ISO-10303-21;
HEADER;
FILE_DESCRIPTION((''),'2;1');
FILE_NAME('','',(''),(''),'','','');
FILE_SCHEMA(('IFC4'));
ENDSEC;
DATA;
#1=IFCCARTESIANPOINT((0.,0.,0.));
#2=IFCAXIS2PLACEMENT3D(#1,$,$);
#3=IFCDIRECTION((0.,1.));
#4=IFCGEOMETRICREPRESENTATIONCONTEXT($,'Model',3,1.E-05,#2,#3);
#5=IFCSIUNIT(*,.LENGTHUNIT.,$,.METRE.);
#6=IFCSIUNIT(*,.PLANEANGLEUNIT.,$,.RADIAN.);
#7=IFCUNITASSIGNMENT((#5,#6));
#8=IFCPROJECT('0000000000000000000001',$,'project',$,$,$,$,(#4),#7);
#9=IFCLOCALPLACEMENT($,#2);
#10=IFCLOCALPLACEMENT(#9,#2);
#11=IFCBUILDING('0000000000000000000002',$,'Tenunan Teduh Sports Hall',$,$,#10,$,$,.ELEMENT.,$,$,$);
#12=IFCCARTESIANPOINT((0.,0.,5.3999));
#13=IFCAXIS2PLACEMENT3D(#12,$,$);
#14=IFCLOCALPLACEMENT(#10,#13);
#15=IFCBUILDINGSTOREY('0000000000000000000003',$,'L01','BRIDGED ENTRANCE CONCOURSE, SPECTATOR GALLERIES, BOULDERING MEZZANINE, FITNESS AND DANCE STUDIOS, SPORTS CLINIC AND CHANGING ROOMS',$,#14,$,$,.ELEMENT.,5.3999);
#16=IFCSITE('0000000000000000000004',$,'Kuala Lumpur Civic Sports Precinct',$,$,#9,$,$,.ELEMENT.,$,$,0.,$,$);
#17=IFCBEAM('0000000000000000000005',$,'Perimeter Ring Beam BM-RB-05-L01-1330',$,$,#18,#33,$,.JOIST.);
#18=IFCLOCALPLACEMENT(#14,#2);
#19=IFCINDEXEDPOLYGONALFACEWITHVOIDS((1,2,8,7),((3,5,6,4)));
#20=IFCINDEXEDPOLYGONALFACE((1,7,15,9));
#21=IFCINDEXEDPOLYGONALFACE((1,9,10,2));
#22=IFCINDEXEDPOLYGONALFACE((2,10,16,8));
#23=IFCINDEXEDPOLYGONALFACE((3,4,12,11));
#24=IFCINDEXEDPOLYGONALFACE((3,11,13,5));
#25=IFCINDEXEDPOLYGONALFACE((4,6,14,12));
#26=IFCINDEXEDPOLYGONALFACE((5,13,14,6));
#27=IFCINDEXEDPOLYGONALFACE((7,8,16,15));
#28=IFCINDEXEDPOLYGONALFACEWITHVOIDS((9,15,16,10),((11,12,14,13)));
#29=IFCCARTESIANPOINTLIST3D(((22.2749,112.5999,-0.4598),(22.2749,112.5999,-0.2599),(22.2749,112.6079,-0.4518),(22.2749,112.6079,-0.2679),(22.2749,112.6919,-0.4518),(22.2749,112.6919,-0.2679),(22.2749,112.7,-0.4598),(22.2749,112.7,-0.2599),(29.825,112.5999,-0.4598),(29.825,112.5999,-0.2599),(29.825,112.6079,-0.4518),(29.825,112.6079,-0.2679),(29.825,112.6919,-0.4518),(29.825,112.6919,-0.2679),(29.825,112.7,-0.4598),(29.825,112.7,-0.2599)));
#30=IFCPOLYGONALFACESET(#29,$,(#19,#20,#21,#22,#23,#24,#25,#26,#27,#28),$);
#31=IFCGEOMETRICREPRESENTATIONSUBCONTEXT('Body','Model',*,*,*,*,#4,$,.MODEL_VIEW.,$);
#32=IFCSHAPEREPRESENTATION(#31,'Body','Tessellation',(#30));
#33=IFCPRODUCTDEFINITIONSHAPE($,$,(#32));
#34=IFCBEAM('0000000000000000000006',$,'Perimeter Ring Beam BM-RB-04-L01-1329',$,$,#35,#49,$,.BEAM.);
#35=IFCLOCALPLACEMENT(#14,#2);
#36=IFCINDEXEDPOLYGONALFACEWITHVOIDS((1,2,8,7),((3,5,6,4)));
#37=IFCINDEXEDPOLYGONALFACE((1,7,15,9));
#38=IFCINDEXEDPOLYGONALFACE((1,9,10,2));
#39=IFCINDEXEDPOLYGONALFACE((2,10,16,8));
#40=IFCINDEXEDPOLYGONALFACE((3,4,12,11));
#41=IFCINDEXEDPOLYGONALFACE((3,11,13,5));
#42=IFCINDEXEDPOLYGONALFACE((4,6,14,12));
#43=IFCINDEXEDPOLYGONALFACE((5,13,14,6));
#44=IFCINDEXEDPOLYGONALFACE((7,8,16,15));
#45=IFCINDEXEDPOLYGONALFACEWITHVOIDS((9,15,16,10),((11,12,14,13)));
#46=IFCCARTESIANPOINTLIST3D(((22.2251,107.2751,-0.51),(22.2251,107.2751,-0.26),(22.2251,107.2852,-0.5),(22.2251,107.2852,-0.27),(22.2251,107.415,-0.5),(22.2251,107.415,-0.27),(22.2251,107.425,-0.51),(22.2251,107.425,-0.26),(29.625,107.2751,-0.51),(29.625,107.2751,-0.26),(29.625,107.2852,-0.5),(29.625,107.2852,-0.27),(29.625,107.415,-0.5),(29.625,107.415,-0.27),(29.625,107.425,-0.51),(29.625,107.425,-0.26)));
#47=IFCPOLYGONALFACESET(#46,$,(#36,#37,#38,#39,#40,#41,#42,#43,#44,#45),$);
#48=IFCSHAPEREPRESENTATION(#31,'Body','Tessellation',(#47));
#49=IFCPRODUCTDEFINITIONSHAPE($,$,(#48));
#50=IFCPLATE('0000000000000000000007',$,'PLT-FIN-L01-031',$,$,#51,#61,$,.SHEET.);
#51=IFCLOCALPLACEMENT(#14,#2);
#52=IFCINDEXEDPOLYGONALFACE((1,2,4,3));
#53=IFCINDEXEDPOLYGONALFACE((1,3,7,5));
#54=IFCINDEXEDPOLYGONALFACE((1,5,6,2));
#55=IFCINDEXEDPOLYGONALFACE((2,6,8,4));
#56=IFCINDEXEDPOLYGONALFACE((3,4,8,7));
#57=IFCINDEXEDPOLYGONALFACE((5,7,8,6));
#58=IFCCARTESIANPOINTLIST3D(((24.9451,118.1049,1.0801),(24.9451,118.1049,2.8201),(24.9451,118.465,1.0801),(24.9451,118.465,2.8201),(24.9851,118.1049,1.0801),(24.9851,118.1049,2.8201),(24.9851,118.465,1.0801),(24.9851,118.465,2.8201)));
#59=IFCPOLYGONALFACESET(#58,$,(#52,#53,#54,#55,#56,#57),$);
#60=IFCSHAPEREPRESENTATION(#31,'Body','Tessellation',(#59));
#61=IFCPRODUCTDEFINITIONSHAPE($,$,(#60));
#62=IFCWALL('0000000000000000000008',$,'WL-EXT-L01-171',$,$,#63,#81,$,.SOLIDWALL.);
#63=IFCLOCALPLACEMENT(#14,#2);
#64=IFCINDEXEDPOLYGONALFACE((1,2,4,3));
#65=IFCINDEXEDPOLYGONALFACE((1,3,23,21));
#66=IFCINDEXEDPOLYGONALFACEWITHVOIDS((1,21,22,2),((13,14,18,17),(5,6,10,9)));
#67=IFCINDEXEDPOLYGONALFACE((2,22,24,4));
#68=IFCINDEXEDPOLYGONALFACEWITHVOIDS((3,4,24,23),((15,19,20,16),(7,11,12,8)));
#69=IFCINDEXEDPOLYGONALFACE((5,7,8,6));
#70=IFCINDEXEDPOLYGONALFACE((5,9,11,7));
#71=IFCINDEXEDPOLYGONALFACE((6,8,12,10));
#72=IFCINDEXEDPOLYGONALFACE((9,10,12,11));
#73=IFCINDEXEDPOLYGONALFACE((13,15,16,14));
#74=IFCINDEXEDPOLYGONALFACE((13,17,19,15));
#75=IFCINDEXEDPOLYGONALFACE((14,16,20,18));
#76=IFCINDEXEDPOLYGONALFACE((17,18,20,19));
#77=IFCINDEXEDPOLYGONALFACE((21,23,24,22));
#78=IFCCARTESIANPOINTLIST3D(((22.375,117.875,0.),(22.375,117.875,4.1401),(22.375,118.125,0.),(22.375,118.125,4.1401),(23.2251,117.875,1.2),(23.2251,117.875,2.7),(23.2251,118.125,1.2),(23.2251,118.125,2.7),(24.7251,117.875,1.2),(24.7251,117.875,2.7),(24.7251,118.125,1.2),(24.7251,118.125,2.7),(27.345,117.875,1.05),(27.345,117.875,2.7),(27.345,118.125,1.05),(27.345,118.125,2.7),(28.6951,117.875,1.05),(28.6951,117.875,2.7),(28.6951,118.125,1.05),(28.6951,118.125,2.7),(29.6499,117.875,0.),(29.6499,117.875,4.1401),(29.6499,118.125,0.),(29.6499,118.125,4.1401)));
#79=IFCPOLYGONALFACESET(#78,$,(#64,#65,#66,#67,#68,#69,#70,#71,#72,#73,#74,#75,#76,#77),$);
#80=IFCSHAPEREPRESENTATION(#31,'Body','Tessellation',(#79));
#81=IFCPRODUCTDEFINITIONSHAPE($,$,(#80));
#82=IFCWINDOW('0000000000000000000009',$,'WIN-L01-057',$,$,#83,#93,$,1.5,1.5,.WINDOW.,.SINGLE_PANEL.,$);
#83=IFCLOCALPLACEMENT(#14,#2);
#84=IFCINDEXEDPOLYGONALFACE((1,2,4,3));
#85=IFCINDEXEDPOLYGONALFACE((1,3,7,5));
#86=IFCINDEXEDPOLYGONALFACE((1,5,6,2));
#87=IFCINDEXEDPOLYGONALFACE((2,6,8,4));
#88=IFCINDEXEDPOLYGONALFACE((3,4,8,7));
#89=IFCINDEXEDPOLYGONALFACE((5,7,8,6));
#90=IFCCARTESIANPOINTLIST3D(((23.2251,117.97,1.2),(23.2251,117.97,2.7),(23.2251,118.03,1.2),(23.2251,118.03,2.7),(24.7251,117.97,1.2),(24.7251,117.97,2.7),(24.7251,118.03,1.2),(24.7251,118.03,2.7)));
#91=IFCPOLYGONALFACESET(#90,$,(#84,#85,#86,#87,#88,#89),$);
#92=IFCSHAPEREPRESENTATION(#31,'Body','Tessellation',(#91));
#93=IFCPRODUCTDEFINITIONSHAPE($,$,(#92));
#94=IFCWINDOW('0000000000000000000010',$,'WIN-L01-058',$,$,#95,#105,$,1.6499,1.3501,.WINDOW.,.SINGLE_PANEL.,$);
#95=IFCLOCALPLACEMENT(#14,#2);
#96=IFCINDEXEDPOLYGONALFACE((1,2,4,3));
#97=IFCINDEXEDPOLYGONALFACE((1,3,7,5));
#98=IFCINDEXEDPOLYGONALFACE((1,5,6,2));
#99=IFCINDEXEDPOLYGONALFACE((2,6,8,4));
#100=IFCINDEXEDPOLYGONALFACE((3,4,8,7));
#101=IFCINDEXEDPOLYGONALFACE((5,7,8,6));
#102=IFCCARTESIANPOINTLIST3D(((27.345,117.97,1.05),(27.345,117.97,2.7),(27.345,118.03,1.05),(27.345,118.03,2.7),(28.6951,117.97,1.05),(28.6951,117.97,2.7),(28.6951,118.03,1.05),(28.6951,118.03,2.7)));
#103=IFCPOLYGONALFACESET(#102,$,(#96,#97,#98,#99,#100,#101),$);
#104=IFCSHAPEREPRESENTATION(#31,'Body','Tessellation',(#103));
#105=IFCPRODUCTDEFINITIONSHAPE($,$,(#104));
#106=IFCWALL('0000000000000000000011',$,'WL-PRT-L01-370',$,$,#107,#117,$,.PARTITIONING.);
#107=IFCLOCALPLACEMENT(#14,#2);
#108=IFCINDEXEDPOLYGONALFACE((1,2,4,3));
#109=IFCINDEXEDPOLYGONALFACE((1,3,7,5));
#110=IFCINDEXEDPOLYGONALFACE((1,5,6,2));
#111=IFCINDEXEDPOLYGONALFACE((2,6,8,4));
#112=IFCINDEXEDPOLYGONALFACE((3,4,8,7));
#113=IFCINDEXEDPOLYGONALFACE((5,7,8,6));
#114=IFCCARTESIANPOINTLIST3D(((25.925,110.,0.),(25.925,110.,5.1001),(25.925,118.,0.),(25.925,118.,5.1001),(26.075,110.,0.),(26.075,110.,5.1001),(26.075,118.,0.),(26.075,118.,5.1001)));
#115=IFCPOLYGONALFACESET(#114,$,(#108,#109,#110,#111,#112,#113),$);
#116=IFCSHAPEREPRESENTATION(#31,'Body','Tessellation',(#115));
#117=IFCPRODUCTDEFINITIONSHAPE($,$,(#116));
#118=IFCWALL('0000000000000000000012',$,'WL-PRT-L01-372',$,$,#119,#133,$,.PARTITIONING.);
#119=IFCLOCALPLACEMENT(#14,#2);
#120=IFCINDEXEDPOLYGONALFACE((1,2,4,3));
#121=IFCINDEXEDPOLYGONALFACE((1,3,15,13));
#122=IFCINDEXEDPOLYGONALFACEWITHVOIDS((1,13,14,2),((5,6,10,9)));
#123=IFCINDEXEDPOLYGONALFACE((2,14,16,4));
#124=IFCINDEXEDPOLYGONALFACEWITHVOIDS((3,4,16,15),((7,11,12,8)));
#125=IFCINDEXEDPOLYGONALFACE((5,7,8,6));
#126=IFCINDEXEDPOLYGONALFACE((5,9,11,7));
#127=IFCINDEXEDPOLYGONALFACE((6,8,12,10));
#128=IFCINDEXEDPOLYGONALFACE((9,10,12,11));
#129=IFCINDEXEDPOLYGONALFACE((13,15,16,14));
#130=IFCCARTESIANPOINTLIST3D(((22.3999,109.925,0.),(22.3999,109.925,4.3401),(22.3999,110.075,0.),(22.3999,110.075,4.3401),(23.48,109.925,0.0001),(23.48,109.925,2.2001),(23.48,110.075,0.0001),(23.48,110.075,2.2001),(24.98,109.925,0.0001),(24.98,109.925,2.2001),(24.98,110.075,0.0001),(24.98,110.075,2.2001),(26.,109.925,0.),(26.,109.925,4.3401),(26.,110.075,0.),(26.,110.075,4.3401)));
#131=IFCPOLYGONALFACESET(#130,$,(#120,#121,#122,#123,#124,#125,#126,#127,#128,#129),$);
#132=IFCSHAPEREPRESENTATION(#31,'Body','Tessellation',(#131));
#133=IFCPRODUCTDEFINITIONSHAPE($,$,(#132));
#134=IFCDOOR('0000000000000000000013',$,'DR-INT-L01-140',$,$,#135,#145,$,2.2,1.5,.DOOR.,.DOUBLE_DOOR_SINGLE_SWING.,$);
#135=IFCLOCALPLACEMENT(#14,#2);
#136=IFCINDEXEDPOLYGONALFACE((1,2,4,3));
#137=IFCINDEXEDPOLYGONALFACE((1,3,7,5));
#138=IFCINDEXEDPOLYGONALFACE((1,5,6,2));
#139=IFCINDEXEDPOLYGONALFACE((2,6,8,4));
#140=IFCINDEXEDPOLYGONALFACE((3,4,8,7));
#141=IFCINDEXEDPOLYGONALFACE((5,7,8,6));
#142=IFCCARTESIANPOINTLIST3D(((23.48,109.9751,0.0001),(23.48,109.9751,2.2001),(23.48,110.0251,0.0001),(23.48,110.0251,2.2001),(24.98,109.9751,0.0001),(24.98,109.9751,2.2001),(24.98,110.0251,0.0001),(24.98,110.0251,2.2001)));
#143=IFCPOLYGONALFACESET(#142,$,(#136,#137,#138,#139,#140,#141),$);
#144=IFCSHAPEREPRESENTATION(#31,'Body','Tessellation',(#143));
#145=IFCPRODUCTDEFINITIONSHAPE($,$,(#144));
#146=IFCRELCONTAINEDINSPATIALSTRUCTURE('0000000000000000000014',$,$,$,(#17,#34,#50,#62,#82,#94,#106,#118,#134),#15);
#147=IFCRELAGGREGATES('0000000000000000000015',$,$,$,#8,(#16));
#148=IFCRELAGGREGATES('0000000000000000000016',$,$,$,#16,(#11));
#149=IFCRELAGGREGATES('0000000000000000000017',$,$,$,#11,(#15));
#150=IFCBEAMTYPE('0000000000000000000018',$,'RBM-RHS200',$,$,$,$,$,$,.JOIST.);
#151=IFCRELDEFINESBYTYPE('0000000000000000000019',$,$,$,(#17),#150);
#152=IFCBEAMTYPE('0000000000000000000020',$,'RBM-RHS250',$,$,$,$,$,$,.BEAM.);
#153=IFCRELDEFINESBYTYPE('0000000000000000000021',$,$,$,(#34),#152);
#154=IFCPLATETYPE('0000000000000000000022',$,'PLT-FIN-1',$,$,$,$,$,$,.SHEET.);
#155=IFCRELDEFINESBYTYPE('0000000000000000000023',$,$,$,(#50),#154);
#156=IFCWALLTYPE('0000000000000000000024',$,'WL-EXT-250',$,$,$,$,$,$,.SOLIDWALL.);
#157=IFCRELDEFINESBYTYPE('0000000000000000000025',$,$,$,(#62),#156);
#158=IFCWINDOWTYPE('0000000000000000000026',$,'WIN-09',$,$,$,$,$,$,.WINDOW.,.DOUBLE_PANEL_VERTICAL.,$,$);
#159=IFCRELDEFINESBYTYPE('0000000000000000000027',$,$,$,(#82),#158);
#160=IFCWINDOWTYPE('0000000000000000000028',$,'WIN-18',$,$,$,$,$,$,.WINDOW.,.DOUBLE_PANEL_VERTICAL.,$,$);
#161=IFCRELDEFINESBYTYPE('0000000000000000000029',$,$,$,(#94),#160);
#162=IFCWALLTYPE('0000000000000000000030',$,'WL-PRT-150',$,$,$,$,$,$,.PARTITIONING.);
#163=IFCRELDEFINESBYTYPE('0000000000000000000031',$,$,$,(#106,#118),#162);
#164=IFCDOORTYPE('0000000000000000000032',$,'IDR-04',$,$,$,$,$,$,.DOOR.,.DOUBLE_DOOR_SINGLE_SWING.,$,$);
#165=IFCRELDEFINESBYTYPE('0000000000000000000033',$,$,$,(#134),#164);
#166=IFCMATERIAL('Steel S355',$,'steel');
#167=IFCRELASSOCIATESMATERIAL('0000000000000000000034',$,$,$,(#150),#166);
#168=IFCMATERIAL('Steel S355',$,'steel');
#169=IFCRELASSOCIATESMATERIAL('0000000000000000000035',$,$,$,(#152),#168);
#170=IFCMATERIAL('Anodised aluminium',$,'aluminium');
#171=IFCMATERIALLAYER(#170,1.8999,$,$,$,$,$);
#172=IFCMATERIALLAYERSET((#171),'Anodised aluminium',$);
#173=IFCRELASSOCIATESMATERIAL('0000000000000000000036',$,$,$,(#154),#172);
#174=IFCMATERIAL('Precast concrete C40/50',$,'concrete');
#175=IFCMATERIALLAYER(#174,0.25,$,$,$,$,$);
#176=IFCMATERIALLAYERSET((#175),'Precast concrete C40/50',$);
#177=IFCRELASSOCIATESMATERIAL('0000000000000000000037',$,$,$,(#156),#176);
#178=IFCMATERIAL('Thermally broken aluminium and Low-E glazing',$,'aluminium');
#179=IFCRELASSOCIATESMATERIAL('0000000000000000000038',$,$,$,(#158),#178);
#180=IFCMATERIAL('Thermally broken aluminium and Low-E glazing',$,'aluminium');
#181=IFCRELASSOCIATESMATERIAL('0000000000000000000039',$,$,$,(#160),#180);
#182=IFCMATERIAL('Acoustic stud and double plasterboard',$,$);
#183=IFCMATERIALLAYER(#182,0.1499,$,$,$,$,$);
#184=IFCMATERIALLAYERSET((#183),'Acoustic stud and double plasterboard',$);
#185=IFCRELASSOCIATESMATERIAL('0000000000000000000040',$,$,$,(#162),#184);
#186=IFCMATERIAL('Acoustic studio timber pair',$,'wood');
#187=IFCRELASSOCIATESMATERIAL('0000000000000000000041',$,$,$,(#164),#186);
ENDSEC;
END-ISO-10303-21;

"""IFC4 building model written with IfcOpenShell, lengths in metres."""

from ifc_helpers import new_model, si_unit, direction, frame, frame_2d, origin, origin_2d, place, context, subcontext, project, spatial, rectangle, hollow_rectangle, extrude, material, layer, layer_set, material_profile, profile_set, type_object, element, fill, save


model = new_model("IFC4")

# Units and contexts
model_context = context("Model", 3, precision=1e-05, world=origin(), true_north=direction((0.0, 1.0)))
body_context = subcontext(model_context, "Body", "Model", "MODEL_VIEW")
ifc_project = project(units=[si_unit("LENGTHUNIT", "METRE"), si_unit("PLANEANGLEUNIT", "RADIAN")], contexts=[model_context])

# Site, building, storey
site_placement = place(None, origin())
site = spatial("IfcSite", under=ifc_project, at=site_placement, Name="Kuala Lumpur Civic Sports Precinct", CompositionType="ELEMENT", RefElevation=0.0)
building_placement = place(site_placement, origin())
building = spatial("IfcBuilding", under=site, at=building_placement, Name="Tenunan Teduh Sports Hall", CompositionType="ELEMENT")
storey_placement = place(building_placement, frame((0.0, 0.0, 5.3999)))
storey = spatial("IfcBuildingStorey", under=building, at=storey_placement, Name="L01", Description="BRIDGED ENTRANCE CONCOURSE, SPECTATOR GALLERIES, BOULDERING MEZZANINE, FITNESS AND DANCE STUDIOS, SPORTS CLINIC AND CHANGING ROOMS", CompositionType="ELEMENT", Elevation=5.3999)

# Beams
ifc_material_1 = material(Name="Steel S355", Category="steel")
ifc_material_profile_1 = material_profile(ifc_material_1, hollow_rectangle(XDim=0.1001, YDim=0.2, WallThickness=0.0081, at=origin_2d()), Name="RHS 200x100x8.0")
ifc_profile_set_1 = profile_set([ifc_material_profile_1], Name="Steel S355")
beam_type_1 = type_object("IfcBeamType", Name="RBM-RHS200", PredefinedType="JOIST", material=ifc_profile_set_1)
beam_1_placement = place(storey_placement, frame((22.2749, 112.6499, -0.3599), z_axis=(1.0, 0.0, 0.0), x_axis=(0.0, 1.0, 0.0)))
element("IfcBeam", 1, at=beam_1_placement, inside=storey, type_object=beam_type_1, Name="Perimeter Ring Beam BM-RB-05-L01-1330", PredefinedType="JOIST", context=body_context, shape_type="SweptSolid", body=[
    extrude(hollow_rectangle(XDim=0.1001, YDim=0.2, WallThickness=0.0081, at=origin_2d()), origin(), (0.0, 0.0, 1.0), 7.55),
])
ifc_material_2 = material(Name="Steel S355", Category="steel")
ifc_material_profile_2 = material_profile(ifc_material_2, hollow_rectangle(XDim=0.1499, YDim=0.25, WallThickness=0.01, at=origin_2d()), Name="RHS 250x150x10.0")
ifc_profile_set_2 = profile_set([ifc_material_profile_2], Name="Steel S355")
beam_type_2 = type_object("IfcBeamType", Name="RBM-RHS250", PredefinedType="BEAM", material=ifc_profile_set_2)
beam_2_placement = place(storey_placement, frame((22.2251, 107.3501, -0.385), z_axis=(1.0, 0.0, 0.0), x_axis=(0.0, 1.0, 0.0)))
element("IfcBeam", 2, at=beam_2_placement, inside=storey, type_object=beam_type_2, Name="Perimeter Ring Beam BM-RB-04-L01-1329", PredefinedType="BEAM", context=body_context, shape_type="SweptSolid", body=[
    extrude(hollow_rectangle(XDim=0.1499, YDim=0.25, WallThickness=0.01, at=origin_2d()), origin(), (0.0, 0.0, 1.0), 7.3999),
])

# Plate
ifc_material_3 = material(Name="Anodised aluminium", Category="aluminium")
ifc_layer_1 = layer(ifc_material_3, 1.8999)
ifc_layer_set_1 = layer_set([ifc_layer_1], Name="Anodised aluminium")
plate_type = type_object("IfcPlateType", Name="PLT-FIN-1", PredefinedType="SHEET", material=ifc_layer_set_1)
plate_placement = place(storey_placement, frame((24.9651, 118.2849, 1.0801), z_axis=(0.0, 0.0, 1.0), x_axis=(1.0, 0.0, 0.0)))
element("IfcPlate", 3, at=plate_placement, inside=storey, type_object=plate_type, Name="PLT-FIN-L01-031", PredefinedType="SHEET", context=body_context, shape_type="SweptSolid", body=[
    extrude(rectangle(XDim=0.04, YDim=0.3601, at=origin_2d()), origin(), (0.0, 0.0, 1.0), 1.74),
])

# Wall, openings, windows
ifc_material_4 = material(Name="Precast concrete C40/50", Category="concrete")
ifc_layer_2 = layer(ifc_material_4, 0.25)
ifc_layer_set_2 = layer_set([ifc_layer_2], Name="Precast concrete C40/50")
wall_type_1 = type_object("IfcWallType", Name="WL-EXT-250", PredefinedType="SOLIDWALL", material=ifc_layer_set_2)
wall_1_placement = place(storey_placement, frame((22.375, 118.0, 0.0), z_axis=(0.0, 0.0, 1.0), x_axis=(1.0, 0.0, 0.0)))
wall_1 = element("IfcWall", 4, at=wall_1_placement, inside=storey, type_object=wall_type_1, Name="WL-EXT-L01-171", PredefinedType="SOLIDWALL", context=body_context, shape_type="SweptSolid", body=[
    extrude(rectangle(XDim=7.2749, YDim=0.25, at=frame_2d((3.6375, 0.0))), origin(), (0.0, 0.0, 1.0), 4.1401),
])
opening_1_placement = place(wall_1_placement, frame((0.8501, 0.0, 1.2)))
opening_1 = element("IfcOpeningElement", 5, at=opening_1_placement, cuts=wall_1, PredefinedType="OPENING", context=body_context, shape_type="SweptSolid", body=[
    extrude(rectangle(XDim=1.5, YDim=1.5, at=frame_2d((0.75, 0.75))), frame((0.0, 0.135, 0.0), z_axis=(0.0, -1.0, 0.0), x_axis=(1.0, 0.0, 0.0)), (0.0, 0.0, 1.0), 0.27),
])
opening_2_placement = place(wall_1_placement, frame((4.97, 0.0, 1.05)))
opening_2 = element("IfcOpeningElement", 6, at=opening_2_placement, cuts=wall_1, PredefinedType="OPENING", context=body_context, shape_type="SweptSolid", body=[
    extrude(rectangle(XDim=1.3501, YDim=1.6499, at=frame_2d((0.675, 0.825))), frame((0.0, 0.135, 0.0), z_axis=(0.0, -1.0, 0.0), x_axis=(1.0, 0.0, 0.0)), (0.0, 0.0, 1.0), 0.27),
])
ifc_material_5 = material(Name="Thermally broken aluminium and Low-E glazing", Category="aluminium")
window_type_1 = type_object("IfcWindowType", Name="WIN-09", PartitioningType="DOUBLE_PANEL_VERTICAL", PredefinedType="WINDOW", material=ifc_material_5)
window_1_placement = place(opening_1_placement, origin())
window_1 = element("IfcWindow", 7, at=window_1_placement, inside=storey, type_object=window_type_1, Name="WIN-L01-057", OverallHeight=1.5, OverallWidth=1.5, PartitioningType="SINGLE_PANEL", PredefinedType="WINDOW", context=body_context, shape_type="SweptSolid", body=[
    extrude(rectangle(XDim=1.5, YDim=1.5, at=frame_2d((0.75, 0.75))), frame((0.0, 0.03, 0.0), z_axis=(0.0, -1.0, 0.0), x_axis=(1.0, 0.0, 0.0)), (0.0, 0.0, 1.0), 0.0601),
])
fill(opening_1, window_1)
ifc_material_6 = material(Name="Thermally broken aluminium and Low-E glazing", Category="aluminium")
window_type_2 = type_object("IfcWindowType", Name="WIN-18", PartitioningType="DOUBLE_PANEL_VERTICAL", PredefinedType="WINDOW", material=ifc_material_6)
window_2_placement = place(opening_2_placement, origin())
window_2 = element("IfcWindow", 8, at=window_2_placement, inside=storey, type_object=window_type_2, Name="WIN-L01-058", OverallHeight=1.6499, OverallWidth=1.3501, PartitioningType="SINGLE_PANEL", PredefinedType="WINDOW", context=body_context, shape_type="SweptSolid", body=[
    extrude(rectangle(XDim=1.3501, YDim=1.6499, at=frame_2d((0.675, 0.825))), frame((0.0, 0.03, 0.0), z_axis=(0.0, -1.0, 0.0), x_axis=(1.0, 0.0, 0.0)), (0.0, 0.0, 1.0), 0.0601),
])
fill(opening_2, window_2)

# Wall
ifc_material_7 = material(Name="Acoustic stud and double plasterboard")
ifc_layer_3 = layer(ifc_material_7, 0.1499)
ifc_layer_set_3 = layer_set([ifc_layer_3], Name="Acoustic stud and double plasterboard")
wall_type_2 = type_object("IfcWallType", Name="WL-PRT-150", PredefinedType="PARTITIONING", material=ifc_layer_set_3)
wall_2_placement = place(storey_placement, frame((26.0, 110.0, 0.0), z_axis=(0.0, 0.0, 1.0), x_axis=(0.0, 1.0, 0.0)))
element("IfcWall", 9, at=wall_2_placement, inside=storey, type_object=wall_type_2, Name="WL-PRT-L01-370", PredefinedType="PARTITIONING", context=body_context, shape_type="SweptSolid", body=[
    extrude(rectangle(XDim=8.0, YDim=0.1499, at=frame_2d((4.0, 0.0))), origin(), (0.0, 0.0, 1.0), 5.1001),
])

# Wall, opening, door
wall_3_placement = place(storey_placement, frame((22.3999, 110.0, 0.0), z_axis=(0.0, 0.0, 1.0), x_axis=(1.0, 0.0, 0.0)))
wall_3 = element("IfcWall", 10, at=wall_3_placement, inside=storey, type_object=wall_type_2, Name="WL-PRT-L01-372", PredefinedType="PARTITIONING", context=body_context, shape_type="SweptSolid", body=[
    extrude(rectangle(XDim=3.6001, YDim=0.1499, at=frame_2d((1.8, 0.0))), origin(), (0.0, 0.0, 1.0), 4.3401),
])
opening_3_placement = place(wall_3_placement, frame((1.0801, 0.0, 0.0)))
opening_3 = element("IfcOpeningElement", 11, at=opening_3_placement, cuts=wall_3, PredefinedType="OPENING", context=body_context, shape_type="SweptSolid", body=[
    extrude(rectangle(XDim=1.5, YDim=2.2, at=frame_2d((0.75, 1.1001))), frame((0.0, 0.085, 0.0), z_axis=(0.0, -1.0, 0.0), x_axis=(1.0, 0.0, 0.0)), (0.0, 0.0, 1.0), 0.1699),
])
ifc_material_8 = material(Name="Acoustic studio timber pair", Category="wood")
door_type_1 = type_object("IfcDoorType", Name="IDR-04", OperationType="DOUBLE_DOOR_SINGLE_SWING", PredefinedType="DOOR", material=ifc_material_8)
door_1_placement = place(opening_3_placement, frame((1.5, 0.0, 0.0), z_axis=(0.0, 0.0, 1.0), x_axis=(-1.0, 0.0, 0.0)))
door_1 = element("IfcDoor", 12, at=door_1_placement, inside=storey, type_object=door_type_1, Name="DR-INT-L01-140", OperationType="DOUBLE_DOOR_SINGLE_SWING", OverallHeight=2.2, OverallWidth=1.5, PredefinedType="DOOR", context=body_context, shape_type="SweptSolid", body=[
    extrude(rectangle(XDim=1.5, YDim=2.2, at=frame_2d((0.75, 1.1001))), frame((0.0, 0.0249, 0.0), z_axis=(0.0, -1.0, 0.0), x_axis=(1.0, 0.0, 0.0)), (0.0, 0.0, 1.0), 0.05),
])
fill(opening_3, door_1)

save(model, "model.ifc")
